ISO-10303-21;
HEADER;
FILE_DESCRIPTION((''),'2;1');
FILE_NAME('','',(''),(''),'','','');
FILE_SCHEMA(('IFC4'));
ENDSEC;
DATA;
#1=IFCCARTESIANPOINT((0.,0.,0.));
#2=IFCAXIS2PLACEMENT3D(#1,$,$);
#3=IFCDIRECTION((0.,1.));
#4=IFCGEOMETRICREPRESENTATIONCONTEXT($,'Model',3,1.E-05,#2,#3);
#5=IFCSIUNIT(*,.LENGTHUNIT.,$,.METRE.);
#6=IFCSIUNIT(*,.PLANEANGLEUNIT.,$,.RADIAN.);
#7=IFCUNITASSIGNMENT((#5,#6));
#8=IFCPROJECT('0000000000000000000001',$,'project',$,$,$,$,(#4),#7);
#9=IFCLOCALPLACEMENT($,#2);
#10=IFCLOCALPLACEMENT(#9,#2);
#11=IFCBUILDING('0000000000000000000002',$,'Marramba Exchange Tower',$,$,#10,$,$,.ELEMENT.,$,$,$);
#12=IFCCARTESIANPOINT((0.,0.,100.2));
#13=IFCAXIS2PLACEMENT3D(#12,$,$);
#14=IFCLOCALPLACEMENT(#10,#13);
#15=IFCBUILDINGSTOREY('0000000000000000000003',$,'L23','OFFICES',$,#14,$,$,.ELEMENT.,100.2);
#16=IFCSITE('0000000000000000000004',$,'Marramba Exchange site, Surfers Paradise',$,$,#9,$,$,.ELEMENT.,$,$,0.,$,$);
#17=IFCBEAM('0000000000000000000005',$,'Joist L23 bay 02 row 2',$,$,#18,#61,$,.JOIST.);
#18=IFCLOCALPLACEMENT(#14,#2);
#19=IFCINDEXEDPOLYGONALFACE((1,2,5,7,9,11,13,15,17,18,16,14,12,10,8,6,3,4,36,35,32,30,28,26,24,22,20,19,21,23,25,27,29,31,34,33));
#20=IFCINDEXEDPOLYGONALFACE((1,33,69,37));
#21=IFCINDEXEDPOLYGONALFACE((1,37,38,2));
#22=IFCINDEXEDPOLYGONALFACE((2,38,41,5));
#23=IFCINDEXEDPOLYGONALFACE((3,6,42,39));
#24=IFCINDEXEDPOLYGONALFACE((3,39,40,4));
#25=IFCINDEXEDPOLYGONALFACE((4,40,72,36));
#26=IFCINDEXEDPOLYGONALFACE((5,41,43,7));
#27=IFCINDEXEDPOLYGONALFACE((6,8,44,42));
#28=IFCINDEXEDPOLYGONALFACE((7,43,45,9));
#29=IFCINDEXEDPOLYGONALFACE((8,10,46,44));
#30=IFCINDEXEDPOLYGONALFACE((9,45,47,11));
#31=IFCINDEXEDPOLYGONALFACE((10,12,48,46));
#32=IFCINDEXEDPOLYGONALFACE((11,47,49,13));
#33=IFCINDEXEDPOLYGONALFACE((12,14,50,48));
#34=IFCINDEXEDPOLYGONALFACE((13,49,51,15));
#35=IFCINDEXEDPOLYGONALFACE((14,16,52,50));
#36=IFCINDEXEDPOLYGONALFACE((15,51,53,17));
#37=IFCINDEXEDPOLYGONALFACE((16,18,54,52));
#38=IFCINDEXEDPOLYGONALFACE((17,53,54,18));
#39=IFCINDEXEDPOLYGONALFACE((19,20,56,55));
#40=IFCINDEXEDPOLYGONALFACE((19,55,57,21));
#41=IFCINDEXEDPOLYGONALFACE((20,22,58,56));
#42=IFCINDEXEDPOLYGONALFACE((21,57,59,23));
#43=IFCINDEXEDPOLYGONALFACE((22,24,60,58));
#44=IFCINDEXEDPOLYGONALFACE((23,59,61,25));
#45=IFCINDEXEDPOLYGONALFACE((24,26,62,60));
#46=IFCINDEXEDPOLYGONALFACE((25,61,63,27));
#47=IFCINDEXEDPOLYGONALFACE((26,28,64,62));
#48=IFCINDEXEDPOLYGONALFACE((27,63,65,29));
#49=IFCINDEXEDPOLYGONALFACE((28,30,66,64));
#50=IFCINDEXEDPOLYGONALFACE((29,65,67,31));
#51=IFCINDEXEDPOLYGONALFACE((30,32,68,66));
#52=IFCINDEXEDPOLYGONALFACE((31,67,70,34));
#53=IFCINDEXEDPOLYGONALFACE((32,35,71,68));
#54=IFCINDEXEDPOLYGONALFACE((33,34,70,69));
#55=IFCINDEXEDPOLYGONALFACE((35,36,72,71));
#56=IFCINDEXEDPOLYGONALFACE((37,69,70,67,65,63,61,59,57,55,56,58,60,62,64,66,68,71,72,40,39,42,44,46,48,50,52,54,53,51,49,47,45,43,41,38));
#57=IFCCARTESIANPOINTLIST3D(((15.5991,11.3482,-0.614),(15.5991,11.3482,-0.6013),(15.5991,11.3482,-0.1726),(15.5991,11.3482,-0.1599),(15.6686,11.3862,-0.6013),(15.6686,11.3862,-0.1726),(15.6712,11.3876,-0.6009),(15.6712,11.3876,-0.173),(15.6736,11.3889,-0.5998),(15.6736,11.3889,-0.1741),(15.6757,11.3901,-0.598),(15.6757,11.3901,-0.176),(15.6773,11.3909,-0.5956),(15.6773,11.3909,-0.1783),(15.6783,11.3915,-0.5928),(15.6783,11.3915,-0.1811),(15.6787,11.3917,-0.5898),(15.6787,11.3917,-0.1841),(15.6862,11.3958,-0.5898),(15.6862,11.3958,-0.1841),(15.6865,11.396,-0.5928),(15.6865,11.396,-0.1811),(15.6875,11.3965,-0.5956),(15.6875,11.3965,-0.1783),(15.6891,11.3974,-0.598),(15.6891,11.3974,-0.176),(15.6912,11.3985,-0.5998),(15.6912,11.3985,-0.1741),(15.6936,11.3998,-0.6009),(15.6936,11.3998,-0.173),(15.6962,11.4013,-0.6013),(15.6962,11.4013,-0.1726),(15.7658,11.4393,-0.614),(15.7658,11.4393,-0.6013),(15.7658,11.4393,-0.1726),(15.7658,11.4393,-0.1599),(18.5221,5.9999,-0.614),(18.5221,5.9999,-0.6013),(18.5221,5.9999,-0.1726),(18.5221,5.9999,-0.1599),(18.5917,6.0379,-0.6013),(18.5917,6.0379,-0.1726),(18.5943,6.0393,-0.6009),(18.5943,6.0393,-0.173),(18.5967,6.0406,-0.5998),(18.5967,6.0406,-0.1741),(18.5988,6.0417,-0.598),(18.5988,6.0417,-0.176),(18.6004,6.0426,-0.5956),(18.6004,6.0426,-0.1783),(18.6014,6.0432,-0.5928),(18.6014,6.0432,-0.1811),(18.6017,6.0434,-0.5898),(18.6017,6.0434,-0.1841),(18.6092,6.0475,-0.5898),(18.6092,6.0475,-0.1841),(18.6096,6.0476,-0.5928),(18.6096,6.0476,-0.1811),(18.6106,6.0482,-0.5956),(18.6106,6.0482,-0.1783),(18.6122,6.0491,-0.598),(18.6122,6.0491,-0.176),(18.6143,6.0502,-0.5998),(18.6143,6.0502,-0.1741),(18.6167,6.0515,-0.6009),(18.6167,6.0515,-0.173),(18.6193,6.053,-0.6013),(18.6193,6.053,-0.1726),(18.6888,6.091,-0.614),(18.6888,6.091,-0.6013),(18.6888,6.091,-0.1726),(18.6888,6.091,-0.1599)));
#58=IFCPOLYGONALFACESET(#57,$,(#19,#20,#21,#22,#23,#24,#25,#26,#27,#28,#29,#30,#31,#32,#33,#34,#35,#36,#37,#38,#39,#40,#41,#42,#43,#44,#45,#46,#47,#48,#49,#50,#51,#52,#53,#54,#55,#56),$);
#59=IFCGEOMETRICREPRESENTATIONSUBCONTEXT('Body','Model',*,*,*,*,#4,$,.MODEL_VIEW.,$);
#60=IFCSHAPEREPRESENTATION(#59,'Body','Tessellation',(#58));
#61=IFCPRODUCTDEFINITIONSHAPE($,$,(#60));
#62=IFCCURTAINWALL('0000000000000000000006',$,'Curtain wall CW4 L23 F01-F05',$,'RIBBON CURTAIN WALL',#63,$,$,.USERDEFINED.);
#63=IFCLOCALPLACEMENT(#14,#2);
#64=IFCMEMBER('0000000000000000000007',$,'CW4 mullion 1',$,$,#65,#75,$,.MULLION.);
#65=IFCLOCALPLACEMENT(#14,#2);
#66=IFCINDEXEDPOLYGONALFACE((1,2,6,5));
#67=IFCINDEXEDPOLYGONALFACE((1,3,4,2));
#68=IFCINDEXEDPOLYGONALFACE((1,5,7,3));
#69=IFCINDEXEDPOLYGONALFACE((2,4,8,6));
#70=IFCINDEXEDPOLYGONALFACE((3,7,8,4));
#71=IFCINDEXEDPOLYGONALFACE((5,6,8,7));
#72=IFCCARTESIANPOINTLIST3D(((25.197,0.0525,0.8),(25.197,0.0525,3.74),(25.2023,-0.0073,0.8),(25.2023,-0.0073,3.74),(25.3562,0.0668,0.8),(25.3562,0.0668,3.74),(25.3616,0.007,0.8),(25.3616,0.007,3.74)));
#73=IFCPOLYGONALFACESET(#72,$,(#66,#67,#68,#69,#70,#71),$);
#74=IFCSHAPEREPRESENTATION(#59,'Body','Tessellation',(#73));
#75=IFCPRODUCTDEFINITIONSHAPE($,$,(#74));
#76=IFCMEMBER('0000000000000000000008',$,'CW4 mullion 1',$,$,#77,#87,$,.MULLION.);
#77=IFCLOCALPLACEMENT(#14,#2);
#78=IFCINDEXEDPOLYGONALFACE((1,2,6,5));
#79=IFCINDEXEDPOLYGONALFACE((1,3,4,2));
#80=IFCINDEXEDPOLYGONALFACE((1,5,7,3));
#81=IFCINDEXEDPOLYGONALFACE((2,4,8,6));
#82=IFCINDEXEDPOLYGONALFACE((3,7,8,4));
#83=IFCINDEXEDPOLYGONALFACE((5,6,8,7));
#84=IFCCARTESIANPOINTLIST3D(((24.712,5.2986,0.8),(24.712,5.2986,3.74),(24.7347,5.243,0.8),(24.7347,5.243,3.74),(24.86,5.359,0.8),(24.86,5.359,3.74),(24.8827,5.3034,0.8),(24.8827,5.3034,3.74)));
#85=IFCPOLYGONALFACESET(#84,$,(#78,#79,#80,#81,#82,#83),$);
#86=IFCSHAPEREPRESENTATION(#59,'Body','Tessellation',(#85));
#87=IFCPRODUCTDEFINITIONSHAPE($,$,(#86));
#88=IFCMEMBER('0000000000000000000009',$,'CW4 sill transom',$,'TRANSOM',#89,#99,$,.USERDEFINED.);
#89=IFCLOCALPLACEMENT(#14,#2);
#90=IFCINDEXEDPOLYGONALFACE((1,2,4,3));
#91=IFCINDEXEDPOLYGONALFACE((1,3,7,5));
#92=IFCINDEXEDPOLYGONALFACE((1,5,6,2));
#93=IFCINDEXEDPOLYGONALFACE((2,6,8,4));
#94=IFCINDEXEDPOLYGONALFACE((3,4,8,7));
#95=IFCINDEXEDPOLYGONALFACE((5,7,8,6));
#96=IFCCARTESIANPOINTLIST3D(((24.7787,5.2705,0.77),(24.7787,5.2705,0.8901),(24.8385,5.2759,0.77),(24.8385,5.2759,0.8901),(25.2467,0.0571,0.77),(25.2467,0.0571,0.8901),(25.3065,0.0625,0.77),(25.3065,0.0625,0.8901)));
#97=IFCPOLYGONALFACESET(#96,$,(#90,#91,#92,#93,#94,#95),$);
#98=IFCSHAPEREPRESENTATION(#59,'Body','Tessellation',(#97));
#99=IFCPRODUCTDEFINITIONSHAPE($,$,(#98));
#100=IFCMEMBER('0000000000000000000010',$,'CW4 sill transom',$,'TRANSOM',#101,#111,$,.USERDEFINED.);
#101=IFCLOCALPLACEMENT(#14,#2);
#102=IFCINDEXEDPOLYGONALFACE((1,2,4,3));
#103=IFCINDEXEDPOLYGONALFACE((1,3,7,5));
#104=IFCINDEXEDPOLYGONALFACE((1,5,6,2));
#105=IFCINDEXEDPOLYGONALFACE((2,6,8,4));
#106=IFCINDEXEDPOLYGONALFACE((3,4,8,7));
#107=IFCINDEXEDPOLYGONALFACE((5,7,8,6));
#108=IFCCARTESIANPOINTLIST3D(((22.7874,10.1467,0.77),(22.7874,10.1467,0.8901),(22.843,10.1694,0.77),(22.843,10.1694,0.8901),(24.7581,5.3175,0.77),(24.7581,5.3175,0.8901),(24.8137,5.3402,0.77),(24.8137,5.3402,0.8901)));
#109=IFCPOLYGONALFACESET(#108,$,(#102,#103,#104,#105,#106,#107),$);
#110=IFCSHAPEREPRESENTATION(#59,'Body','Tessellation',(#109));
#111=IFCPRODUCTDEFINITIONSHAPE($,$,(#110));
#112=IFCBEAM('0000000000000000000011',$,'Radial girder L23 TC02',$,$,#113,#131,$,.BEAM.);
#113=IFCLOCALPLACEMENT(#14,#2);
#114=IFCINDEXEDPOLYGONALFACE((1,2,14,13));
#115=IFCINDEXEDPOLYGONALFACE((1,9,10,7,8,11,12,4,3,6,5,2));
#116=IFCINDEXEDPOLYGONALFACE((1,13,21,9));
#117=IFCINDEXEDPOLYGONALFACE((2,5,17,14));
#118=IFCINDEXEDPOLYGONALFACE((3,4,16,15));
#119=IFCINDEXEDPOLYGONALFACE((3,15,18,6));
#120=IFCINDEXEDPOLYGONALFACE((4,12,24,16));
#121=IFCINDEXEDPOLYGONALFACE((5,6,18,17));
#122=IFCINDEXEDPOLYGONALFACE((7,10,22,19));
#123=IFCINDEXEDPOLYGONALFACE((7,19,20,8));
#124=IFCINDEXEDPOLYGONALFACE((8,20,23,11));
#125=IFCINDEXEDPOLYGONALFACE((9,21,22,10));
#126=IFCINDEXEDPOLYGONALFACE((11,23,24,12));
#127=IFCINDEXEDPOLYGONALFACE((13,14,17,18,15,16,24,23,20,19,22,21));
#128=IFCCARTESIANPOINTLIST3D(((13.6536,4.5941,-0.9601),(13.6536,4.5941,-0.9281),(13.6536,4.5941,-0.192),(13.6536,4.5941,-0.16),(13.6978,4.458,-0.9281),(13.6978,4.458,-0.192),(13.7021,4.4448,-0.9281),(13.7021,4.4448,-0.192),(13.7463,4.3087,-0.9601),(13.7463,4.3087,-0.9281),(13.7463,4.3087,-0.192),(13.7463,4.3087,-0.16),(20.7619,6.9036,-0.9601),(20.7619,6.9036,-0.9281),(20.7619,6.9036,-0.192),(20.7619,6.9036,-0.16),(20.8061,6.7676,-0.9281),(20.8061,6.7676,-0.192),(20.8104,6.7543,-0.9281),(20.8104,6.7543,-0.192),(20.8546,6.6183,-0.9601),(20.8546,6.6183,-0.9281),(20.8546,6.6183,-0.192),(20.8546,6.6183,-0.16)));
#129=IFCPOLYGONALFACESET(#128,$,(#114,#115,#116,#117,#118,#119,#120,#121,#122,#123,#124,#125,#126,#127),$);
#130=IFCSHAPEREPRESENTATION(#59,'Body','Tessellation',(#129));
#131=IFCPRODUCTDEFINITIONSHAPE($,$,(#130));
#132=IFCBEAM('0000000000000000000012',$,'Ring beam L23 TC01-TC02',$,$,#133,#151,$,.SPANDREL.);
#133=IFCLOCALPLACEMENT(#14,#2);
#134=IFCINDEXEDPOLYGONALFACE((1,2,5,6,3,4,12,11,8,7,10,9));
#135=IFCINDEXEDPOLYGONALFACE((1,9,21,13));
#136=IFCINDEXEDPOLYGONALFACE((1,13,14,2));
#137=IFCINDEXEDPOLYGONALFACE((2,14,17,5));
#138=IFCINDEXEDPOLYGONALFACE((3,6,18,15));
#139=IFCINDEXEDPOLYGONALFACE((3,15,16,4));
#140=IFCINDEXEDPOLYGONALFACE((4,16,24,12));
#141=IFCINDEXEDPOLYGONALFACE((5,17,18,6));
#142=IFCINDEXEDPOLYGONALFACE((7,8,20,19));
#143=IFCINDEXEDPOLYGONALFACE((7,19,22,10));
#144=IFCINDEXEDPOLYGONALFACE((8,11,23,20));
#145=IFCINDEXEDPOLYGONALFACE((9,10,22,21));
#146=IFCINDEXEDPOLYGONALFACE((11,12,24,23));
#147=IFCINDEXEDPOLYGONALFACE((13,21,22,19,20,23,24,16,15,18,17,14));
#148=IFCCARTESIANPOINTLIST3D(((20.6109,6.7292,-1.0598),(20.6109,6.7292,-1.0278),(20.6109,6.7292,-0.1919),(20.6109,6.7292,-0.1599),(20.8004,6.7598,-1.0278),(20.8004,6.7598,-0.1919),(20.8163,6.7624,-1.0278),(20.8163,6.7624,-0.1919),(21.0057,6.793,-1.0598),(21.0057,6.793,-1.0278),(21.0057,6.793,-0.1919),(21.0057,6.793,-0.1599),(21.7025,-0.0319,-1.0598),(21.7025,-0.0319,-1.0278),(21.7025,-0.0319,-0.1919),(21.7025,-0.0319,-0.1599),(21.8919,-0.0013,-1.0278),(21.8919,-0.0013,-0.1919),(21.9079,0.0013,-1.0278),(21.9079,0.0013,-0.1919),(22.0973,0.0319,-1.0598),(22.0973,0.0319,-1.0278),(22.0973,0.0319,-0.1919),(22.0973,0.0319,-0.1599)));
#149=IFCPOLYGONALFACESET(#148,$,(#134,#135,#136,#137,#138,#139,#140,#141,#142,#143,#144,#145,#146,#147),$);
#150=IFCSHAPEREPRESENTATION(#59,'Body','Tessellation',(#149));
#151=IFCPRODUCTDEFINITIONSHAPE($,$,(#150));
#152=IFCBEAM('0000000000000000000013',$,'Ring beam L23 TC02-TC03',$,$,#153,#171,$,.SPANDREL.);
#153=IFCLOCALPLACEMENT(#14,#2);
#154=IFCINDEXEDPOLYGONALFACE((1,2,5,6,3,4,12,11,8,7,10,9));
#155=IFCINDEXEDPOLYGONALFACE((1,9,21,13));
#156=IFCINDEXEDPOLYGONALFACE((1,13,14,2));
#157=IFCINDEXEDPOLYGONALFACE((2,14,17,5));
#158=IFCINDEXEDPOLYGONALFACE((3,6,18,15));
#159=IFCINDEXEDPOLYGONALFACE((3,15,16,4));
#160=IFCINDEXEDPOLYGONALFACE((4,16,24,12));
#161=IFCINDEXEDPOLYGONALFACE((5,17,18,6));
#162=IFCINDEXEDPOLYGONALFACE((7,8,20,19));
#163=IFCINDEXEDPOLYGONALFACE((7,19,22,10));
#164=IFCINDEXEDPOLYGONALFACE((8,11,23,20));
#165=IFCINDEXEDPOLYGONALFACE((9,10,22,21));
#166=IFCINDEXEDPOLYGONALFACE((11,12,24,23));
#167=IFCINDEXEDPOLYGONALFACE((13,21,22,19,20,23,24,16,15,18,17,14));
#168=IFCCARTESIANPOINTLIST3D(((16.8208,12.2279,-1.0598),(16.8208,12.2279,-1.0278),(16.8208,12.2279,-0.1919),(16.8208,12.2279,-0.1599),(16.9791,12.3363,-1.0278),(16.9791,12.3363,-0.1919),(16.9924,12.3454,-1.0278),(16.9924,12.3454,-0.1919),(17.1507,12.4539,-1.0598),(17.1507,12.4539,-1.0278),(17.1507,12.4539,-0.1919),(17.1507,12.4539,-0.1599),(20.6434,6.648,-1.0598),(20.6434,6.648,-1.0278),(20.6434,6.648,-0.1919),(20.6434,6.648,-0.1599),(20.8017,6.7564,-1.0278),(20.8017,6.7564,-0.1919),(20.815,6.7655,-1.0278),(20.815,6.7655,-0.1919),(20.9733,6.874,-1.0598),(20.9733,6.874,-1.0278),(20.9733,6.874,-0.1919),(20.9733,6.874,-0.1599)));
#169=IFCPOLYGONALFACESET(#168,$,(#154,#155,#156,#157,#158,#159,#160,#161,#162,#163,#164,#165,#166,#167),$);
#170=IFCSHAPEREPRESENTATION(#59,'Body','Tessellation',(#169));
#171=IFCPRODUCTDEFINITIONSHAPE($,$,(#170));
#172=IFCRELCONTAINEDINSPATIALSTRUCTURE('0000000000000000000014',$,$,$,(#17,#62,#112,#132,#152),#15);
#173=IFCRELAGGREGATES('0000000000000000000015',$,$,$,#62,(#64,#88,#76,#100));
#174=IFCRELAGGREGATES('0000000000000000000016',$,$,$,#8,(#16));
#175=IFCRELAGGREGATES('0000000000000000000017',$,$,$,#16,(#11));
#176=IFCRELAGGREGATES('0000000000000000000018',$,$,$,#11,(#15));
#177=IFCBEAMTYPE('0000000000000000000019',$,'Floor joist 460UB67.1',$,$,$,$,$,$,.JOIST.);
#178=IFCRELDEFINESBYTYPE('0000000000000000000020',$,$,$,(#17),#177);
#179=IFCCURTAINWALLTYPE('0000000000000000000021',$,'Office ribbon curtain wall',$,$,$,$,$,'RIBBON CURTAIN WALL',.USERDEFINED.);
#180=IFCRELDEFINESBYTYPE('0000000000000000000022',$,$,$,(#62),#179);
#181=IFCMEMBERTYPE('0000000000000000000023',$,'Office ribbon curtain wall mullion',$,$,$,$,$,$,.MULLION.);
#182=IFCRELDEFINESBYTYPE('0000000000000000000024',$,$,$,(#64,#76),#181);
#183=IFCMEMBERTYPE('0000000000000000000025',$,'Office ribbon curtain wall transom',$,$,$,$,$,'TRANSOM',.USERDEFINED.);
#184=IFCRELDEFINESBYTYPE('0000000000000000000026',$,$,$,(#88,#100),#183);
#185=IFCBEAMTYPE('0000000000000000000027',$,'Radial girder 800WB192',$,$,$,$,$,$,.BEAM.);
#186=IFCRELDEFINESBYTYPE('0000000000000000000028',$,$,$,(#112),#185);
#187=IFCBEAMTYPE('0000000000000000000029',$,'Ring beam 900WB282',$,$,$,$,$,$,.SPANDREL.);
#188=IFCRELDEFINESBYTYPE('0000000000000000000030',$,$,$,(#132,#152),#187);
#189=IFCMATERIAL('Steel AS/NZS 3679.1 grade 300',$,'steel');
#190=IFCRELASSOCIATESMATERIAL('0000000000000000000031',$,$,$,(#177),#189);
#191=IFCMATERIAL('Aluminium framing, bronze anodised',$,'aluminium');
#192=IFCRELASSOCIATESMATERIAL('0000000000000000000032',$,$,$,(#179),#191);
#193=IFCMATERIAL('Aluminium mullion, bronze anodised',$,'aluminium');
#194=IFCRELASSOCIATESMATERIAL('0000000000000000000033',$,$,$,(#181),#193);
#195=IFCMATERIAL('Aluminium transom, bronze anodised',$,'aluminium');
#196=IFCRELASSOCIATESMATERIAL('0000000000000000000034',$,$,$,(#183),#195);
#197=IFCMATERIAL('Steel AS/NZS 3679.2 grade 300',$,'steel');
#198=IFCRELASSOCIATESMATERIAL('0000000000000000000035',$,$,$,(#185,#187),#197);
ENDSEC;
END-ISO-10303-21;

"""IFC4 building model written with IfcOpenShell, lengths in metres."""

from ifc_helpers import new_model, si_unit, direction, frame, origin, origin_2d, place, context, subcontext, project, spatial, rectangle, i_section, extrude, material, material_profile, profile_set, type_object, element, aggregate, save


model = new_model("IFC4")

# Units and contexts
model_context = context("Model", 3, precision=1e-05, world=origin(), true_north=direction((0.0, 1.0)))
body_context = subcontext(model_context, "Body", "Model", "MODEL_VIEW")
ifc_project = project(units=[si_unit("LENGTHUNIT", "METRE"), si_unit("PLANEANGLEUNIT", "RADIAN")], contexts=[model_context])

# Site, building, storey
site_placement = place(None, origin())
site = spatial("IfcSite", under=ifc_project, at=site_placement, Name="Marramba Exchange site, Surfers Paradise", CompositionType="ELEMENT", RefElevation=0.0)
building_placement = place(site_placement, origin())
building = spatial("IfcBuilding", under=site, at=building_placement, Name="Marramba Exchange Tower", CompositionType="ELEMENT")
storey_placement = place(building_placement, frame((0.0, 0.0, 100.2)))
storey = spatial("IfcBuildingStorey", under=building, at=storey_placement, Name="L23", Description="OFFICES", CompositionType="ELEMENT", Elevation=100.2)

# Beam
ifc_material_1 = material(Name="Steel AS/NZS 3679.2 grade 300", Category="steel")
ifc_material_2 = material(Name="Steel AS/NZS 3679.1 grade 300", Category="steel")
ifc_material_profile_1 = material_profile(ifc_material_2, i_section(OverallWidth=0.1899, OverallDepth=0.4541, WebThickness=0.0085, FlangeThickness=0.0127, FilletRadius=0.0115, at=origin_2d()), Name="460UB67.1")
ifc_profile_set_1 = profile_set([ifc_material_profile_1], Name="Steel AS/NZS 3679.1 grade 300")
beam_type_1 = type_object("IfcBeamType", Name="Floor joist 460UB67.1", PredefinedType="JOIST", material=ifc_profile_set_1)
beam_1_placement = place(storey_placement, frame((18.6055, 6.0454, -0.387), z_axis=(-0.479584, 0.877496, 0.0), x_axis=(-0.877496, -0.479584, 0.0)))
element("IfcBeam", 1, at=beam_1_placement, inside=storey, type_object=beam_type_1, Name="Joist L23 bay 02 row 2", PredefinedType="JOIST", context=body_context, shape_type="SweptSolid", body=[
    extrude(i_section(OverallWidth=0.1899, OverallDepth=0.4541, WebThickness=0.0085, FlangeThickness=0.0127, FilletRadius=0.0115, at=origin_2d()), origin(), (0.0, 0.0, 1.0), 6.095),
])

# Curtain wall, members
ifc_material_3 = material(Name="Aluminium framing, bronze anodised", Category="aluminium")
curtain_wall_type = type_object("IfcCurtainWallType", Name="Office ribbon curtain wall", ElementType="RIBBON CURTAIN WALL", PredefinedType="USERDEFINED", material=ifc_material_3)
curtain_wall_placement = place(storey_placement, origin())
curtain_wall = element("IfcCurtainWall", 2, at=curtain_wall_placement, inside=storey, type_object=curtain_wall_type, Name="Curtain wall CW4 L23 F01-F05", ObjectType="RIBBON CURTAIN WALL", PredefinedType="USERDEFINED")
ifc_material_4 = material(Name="Aluminium mullion, bronze anodised", Category="aluminium")
ifc_material_profile_2 = material_profile(ifc_material_4, rectangle(XDim=0.1599, YDim=0.0601, at=origin_2d()), Name="CW4 mullion 60x160")
ifc_profile_set_2 = profile_set([ifc_material_profile_2], Name="Aluminium mullion, bronze anodised")
member_type_1 = type_object("IfcMemberType", Name="Office ribbon curtain wall mullion", PredefinedType="MULLION", material=ifc_profile_set_2)
member_1_placement = place(storey_placement, frame((25.2793, 0.0298, 0.8), z_axis=(0.0, 0.0, 1.0), x_axis=(-0.995995, -0.089413, 0.0)))
member_1 = element("IfcMember", 3, at=member_1_placement, type_object=member_type_1, Name="CW4 mullion 1", PredefinedType="MULLION", context=body_context, shape_type="SweptSolid", body=[
    extrude(rectangle(XDim=0.1599, YDim=0.0601, at=origin_2d()), origin(), (0.0, 0.0, 1.0), 2.9399),
])
member_2_placement = place(storey_placement, frame((24.7974, 5.301, 0.8), z_axis=(0.0, 0.0, 1.0), x_axis=(-0.925879, -0.377821, 0.0)))
member_2 = element("IfcMember", 4, at=member_2_placement, type_object=member_type_1, Name="CW4 mullion 1", PredefinedType="MULLION", context=body_context, shape_type="SweptSolid", body=[
    extrude(rectangle(XDim=0.1599, YDim=0.0601, at=origin_2d()), origin(), (0.0, 0.0, 1.0), 2.9399),
])
ifc_material_5 = material(Name="Aluminium transom, bronze anodised", Category="aluminium")
ifc_material_profile_3 = material_profile(ifc_material_5, rectangle(XDim=0.0601, YDim=0.1201, at=origin_2d()), Name="CW4 transom 60x120")
ifc_profile_set_3 = profile_set([ifc_material_profile_3], Name="Aluminium transom, bronze anodised")
member_type_2 = type_object("IfcMemberType", Name="Office ribbon curtain wall transom", ElementType="TRANSOM", PredefinedType="USERDEFINED", material=ifc_profile_set_3)
member_3_placement = place(storey_placement, frame((25.2766, 0.0598, 0.8301), z_axis=(-0.089413, 0.995995, 0.0), x_axis=(-0.995995, -0.089413, 0.0)))
member_3 = element("IfcMember", 5, at=member_3_placement, type_object=member_type_2, Name="CW4 sill transom", ObjectType="TRANSOM", PredefinedType="USERDEFINED", context=body_context, shape_type="SweptSolid", body=[
    extrude(rectangle(XDim=0.0601, YDim=0.1201, at=origin_2d()), origin(), (0.0, 0.0, 1.0), 5.2344),
])
member_4_placement = place(storey_placement, frame((24.7859, 5.3289, 0.8301), z_axis=(-0.377838, 0.925872, 0.0), x_axis=(-0.925872, -0.377838, 0.0)))
member_4 = element("IfcMember", 6, at=member_4_placement, type_object=member_type_2, Name="CW4 sill transom", ObjectType="TRANSOM", PredefinedType="USERDEFINED", context=body_context, shape_type="SweptSolid", body=[
    extrude(rectangle(XDim=0.0601, YDim=0.1201, at=origin_2d()), origin(), (0.0, 0.0, 1.0), 5.2158),
])

# Beams
ifc_material_profile_4 = material_profile(ifc_material_1, i_section(OverallWidth=0.3, OverallDepth=0.8, WebThickness=0.0139, FlangeThickness=0.032, at=origin_2d()), Name="800WB192")
ifc_profile_set_4 = profile_set([ifc_material_profile_4], Name="Steel AS/NZS 3679.2 grade 300")
beam_type_2 = type_object("IfcBeamType", Name="Radial girder 800WB192", PredefinedType="BEAM", material=ifc_profile_set_4)
beam_2_placement = place(storey_placement, frame((13.7, 4.4514, -0.5601), z_axis=(0.95106, 0.309006, 0.0), x_axis=(-0.309006, 0.95106, 0.0)))
element("IfcBeam", 7, at=beam_2_placement, inside=storey, type_object=beam_type_2, Name="Radial girder L23 TC02", PredefinedType="BEAM", context=body_context, shape_type="SweptSolid", body=[
    extrude(i_section(OverallWidth=0.3, OverallDepth=0.8, WebThickness=0.0139, FlangeThickness=0.032, at=origin_2d()), origin(), (0.0, 0.0, 1.0), 7.4741),
])
ifc_material_profile_5 = material_profile(ifc_material_1, i_section(OverallWidth=0.3999, OverallDepth=0.8999, WebThickness=0.0161, FlangeThickness=0.032, at=origin_2d()), Name="900WB282")
ifc_profile_set_5 = profile_set([ifc_material_profile_5], Name="Steel AS/NZS 3679.2 grade 300")
beam_type_3 = type_object("IfcBeamType", Name="Ring beam 900WB282", PredefinedType="SPANDREL", material=ifc_profile_set_5)
beam_3_placement = place(storey_placement, frame((21.8999, 0.0, -0.6099), z_axis=(-0.159385, 0.987217, 0.0), x_axis=(-0.987217, -0.159385, 0.0)))
element("IfcBeam", 8, at=beam_3_placement, inside=storey, type_object=beam_type_3, Name="Ring beam L23 TC01-TC02", PredefinedType="SPANDREL", context=body_context, shape_type="SweptSolid", body=[
    extrude(i_section(OverallWidth=0.3999, OverallDepth=0.8999, WebThickness=0.0161, FlangeThickness=0.032, at=origin_2d()), origin(), (0.0, 0.0, 1.0), 6.8486),
])
beam_4_placement = place(storey_placement, frame((20.8083, 6.761, -0.6099), z_axis=(-0.56516, 0.824981, 0.0), x_axis=(-0.824981, -0.56516, 0.0)))
element("IfcBeam", 9, at=beam_4_placement, inside=storey, type_object=beam_type_3, Name="Ring beam L23 TC02-TC03", PredefinedType="SPANDREL", context=body_context, shape_type="SweptSolid", body=[
    extrude(i_section(OverallWidth=0.3999, OverallDepth=0.8999, WebThickness=0.0161, FlangeThickness=0.032, at=origin_2d()), origin(), (0.0, 0.0, 1.0), 6.7637),
])

aggregate(curtain_wall, [member_1, member_3, member_2, member_4])

save(model, "model.ifc")
